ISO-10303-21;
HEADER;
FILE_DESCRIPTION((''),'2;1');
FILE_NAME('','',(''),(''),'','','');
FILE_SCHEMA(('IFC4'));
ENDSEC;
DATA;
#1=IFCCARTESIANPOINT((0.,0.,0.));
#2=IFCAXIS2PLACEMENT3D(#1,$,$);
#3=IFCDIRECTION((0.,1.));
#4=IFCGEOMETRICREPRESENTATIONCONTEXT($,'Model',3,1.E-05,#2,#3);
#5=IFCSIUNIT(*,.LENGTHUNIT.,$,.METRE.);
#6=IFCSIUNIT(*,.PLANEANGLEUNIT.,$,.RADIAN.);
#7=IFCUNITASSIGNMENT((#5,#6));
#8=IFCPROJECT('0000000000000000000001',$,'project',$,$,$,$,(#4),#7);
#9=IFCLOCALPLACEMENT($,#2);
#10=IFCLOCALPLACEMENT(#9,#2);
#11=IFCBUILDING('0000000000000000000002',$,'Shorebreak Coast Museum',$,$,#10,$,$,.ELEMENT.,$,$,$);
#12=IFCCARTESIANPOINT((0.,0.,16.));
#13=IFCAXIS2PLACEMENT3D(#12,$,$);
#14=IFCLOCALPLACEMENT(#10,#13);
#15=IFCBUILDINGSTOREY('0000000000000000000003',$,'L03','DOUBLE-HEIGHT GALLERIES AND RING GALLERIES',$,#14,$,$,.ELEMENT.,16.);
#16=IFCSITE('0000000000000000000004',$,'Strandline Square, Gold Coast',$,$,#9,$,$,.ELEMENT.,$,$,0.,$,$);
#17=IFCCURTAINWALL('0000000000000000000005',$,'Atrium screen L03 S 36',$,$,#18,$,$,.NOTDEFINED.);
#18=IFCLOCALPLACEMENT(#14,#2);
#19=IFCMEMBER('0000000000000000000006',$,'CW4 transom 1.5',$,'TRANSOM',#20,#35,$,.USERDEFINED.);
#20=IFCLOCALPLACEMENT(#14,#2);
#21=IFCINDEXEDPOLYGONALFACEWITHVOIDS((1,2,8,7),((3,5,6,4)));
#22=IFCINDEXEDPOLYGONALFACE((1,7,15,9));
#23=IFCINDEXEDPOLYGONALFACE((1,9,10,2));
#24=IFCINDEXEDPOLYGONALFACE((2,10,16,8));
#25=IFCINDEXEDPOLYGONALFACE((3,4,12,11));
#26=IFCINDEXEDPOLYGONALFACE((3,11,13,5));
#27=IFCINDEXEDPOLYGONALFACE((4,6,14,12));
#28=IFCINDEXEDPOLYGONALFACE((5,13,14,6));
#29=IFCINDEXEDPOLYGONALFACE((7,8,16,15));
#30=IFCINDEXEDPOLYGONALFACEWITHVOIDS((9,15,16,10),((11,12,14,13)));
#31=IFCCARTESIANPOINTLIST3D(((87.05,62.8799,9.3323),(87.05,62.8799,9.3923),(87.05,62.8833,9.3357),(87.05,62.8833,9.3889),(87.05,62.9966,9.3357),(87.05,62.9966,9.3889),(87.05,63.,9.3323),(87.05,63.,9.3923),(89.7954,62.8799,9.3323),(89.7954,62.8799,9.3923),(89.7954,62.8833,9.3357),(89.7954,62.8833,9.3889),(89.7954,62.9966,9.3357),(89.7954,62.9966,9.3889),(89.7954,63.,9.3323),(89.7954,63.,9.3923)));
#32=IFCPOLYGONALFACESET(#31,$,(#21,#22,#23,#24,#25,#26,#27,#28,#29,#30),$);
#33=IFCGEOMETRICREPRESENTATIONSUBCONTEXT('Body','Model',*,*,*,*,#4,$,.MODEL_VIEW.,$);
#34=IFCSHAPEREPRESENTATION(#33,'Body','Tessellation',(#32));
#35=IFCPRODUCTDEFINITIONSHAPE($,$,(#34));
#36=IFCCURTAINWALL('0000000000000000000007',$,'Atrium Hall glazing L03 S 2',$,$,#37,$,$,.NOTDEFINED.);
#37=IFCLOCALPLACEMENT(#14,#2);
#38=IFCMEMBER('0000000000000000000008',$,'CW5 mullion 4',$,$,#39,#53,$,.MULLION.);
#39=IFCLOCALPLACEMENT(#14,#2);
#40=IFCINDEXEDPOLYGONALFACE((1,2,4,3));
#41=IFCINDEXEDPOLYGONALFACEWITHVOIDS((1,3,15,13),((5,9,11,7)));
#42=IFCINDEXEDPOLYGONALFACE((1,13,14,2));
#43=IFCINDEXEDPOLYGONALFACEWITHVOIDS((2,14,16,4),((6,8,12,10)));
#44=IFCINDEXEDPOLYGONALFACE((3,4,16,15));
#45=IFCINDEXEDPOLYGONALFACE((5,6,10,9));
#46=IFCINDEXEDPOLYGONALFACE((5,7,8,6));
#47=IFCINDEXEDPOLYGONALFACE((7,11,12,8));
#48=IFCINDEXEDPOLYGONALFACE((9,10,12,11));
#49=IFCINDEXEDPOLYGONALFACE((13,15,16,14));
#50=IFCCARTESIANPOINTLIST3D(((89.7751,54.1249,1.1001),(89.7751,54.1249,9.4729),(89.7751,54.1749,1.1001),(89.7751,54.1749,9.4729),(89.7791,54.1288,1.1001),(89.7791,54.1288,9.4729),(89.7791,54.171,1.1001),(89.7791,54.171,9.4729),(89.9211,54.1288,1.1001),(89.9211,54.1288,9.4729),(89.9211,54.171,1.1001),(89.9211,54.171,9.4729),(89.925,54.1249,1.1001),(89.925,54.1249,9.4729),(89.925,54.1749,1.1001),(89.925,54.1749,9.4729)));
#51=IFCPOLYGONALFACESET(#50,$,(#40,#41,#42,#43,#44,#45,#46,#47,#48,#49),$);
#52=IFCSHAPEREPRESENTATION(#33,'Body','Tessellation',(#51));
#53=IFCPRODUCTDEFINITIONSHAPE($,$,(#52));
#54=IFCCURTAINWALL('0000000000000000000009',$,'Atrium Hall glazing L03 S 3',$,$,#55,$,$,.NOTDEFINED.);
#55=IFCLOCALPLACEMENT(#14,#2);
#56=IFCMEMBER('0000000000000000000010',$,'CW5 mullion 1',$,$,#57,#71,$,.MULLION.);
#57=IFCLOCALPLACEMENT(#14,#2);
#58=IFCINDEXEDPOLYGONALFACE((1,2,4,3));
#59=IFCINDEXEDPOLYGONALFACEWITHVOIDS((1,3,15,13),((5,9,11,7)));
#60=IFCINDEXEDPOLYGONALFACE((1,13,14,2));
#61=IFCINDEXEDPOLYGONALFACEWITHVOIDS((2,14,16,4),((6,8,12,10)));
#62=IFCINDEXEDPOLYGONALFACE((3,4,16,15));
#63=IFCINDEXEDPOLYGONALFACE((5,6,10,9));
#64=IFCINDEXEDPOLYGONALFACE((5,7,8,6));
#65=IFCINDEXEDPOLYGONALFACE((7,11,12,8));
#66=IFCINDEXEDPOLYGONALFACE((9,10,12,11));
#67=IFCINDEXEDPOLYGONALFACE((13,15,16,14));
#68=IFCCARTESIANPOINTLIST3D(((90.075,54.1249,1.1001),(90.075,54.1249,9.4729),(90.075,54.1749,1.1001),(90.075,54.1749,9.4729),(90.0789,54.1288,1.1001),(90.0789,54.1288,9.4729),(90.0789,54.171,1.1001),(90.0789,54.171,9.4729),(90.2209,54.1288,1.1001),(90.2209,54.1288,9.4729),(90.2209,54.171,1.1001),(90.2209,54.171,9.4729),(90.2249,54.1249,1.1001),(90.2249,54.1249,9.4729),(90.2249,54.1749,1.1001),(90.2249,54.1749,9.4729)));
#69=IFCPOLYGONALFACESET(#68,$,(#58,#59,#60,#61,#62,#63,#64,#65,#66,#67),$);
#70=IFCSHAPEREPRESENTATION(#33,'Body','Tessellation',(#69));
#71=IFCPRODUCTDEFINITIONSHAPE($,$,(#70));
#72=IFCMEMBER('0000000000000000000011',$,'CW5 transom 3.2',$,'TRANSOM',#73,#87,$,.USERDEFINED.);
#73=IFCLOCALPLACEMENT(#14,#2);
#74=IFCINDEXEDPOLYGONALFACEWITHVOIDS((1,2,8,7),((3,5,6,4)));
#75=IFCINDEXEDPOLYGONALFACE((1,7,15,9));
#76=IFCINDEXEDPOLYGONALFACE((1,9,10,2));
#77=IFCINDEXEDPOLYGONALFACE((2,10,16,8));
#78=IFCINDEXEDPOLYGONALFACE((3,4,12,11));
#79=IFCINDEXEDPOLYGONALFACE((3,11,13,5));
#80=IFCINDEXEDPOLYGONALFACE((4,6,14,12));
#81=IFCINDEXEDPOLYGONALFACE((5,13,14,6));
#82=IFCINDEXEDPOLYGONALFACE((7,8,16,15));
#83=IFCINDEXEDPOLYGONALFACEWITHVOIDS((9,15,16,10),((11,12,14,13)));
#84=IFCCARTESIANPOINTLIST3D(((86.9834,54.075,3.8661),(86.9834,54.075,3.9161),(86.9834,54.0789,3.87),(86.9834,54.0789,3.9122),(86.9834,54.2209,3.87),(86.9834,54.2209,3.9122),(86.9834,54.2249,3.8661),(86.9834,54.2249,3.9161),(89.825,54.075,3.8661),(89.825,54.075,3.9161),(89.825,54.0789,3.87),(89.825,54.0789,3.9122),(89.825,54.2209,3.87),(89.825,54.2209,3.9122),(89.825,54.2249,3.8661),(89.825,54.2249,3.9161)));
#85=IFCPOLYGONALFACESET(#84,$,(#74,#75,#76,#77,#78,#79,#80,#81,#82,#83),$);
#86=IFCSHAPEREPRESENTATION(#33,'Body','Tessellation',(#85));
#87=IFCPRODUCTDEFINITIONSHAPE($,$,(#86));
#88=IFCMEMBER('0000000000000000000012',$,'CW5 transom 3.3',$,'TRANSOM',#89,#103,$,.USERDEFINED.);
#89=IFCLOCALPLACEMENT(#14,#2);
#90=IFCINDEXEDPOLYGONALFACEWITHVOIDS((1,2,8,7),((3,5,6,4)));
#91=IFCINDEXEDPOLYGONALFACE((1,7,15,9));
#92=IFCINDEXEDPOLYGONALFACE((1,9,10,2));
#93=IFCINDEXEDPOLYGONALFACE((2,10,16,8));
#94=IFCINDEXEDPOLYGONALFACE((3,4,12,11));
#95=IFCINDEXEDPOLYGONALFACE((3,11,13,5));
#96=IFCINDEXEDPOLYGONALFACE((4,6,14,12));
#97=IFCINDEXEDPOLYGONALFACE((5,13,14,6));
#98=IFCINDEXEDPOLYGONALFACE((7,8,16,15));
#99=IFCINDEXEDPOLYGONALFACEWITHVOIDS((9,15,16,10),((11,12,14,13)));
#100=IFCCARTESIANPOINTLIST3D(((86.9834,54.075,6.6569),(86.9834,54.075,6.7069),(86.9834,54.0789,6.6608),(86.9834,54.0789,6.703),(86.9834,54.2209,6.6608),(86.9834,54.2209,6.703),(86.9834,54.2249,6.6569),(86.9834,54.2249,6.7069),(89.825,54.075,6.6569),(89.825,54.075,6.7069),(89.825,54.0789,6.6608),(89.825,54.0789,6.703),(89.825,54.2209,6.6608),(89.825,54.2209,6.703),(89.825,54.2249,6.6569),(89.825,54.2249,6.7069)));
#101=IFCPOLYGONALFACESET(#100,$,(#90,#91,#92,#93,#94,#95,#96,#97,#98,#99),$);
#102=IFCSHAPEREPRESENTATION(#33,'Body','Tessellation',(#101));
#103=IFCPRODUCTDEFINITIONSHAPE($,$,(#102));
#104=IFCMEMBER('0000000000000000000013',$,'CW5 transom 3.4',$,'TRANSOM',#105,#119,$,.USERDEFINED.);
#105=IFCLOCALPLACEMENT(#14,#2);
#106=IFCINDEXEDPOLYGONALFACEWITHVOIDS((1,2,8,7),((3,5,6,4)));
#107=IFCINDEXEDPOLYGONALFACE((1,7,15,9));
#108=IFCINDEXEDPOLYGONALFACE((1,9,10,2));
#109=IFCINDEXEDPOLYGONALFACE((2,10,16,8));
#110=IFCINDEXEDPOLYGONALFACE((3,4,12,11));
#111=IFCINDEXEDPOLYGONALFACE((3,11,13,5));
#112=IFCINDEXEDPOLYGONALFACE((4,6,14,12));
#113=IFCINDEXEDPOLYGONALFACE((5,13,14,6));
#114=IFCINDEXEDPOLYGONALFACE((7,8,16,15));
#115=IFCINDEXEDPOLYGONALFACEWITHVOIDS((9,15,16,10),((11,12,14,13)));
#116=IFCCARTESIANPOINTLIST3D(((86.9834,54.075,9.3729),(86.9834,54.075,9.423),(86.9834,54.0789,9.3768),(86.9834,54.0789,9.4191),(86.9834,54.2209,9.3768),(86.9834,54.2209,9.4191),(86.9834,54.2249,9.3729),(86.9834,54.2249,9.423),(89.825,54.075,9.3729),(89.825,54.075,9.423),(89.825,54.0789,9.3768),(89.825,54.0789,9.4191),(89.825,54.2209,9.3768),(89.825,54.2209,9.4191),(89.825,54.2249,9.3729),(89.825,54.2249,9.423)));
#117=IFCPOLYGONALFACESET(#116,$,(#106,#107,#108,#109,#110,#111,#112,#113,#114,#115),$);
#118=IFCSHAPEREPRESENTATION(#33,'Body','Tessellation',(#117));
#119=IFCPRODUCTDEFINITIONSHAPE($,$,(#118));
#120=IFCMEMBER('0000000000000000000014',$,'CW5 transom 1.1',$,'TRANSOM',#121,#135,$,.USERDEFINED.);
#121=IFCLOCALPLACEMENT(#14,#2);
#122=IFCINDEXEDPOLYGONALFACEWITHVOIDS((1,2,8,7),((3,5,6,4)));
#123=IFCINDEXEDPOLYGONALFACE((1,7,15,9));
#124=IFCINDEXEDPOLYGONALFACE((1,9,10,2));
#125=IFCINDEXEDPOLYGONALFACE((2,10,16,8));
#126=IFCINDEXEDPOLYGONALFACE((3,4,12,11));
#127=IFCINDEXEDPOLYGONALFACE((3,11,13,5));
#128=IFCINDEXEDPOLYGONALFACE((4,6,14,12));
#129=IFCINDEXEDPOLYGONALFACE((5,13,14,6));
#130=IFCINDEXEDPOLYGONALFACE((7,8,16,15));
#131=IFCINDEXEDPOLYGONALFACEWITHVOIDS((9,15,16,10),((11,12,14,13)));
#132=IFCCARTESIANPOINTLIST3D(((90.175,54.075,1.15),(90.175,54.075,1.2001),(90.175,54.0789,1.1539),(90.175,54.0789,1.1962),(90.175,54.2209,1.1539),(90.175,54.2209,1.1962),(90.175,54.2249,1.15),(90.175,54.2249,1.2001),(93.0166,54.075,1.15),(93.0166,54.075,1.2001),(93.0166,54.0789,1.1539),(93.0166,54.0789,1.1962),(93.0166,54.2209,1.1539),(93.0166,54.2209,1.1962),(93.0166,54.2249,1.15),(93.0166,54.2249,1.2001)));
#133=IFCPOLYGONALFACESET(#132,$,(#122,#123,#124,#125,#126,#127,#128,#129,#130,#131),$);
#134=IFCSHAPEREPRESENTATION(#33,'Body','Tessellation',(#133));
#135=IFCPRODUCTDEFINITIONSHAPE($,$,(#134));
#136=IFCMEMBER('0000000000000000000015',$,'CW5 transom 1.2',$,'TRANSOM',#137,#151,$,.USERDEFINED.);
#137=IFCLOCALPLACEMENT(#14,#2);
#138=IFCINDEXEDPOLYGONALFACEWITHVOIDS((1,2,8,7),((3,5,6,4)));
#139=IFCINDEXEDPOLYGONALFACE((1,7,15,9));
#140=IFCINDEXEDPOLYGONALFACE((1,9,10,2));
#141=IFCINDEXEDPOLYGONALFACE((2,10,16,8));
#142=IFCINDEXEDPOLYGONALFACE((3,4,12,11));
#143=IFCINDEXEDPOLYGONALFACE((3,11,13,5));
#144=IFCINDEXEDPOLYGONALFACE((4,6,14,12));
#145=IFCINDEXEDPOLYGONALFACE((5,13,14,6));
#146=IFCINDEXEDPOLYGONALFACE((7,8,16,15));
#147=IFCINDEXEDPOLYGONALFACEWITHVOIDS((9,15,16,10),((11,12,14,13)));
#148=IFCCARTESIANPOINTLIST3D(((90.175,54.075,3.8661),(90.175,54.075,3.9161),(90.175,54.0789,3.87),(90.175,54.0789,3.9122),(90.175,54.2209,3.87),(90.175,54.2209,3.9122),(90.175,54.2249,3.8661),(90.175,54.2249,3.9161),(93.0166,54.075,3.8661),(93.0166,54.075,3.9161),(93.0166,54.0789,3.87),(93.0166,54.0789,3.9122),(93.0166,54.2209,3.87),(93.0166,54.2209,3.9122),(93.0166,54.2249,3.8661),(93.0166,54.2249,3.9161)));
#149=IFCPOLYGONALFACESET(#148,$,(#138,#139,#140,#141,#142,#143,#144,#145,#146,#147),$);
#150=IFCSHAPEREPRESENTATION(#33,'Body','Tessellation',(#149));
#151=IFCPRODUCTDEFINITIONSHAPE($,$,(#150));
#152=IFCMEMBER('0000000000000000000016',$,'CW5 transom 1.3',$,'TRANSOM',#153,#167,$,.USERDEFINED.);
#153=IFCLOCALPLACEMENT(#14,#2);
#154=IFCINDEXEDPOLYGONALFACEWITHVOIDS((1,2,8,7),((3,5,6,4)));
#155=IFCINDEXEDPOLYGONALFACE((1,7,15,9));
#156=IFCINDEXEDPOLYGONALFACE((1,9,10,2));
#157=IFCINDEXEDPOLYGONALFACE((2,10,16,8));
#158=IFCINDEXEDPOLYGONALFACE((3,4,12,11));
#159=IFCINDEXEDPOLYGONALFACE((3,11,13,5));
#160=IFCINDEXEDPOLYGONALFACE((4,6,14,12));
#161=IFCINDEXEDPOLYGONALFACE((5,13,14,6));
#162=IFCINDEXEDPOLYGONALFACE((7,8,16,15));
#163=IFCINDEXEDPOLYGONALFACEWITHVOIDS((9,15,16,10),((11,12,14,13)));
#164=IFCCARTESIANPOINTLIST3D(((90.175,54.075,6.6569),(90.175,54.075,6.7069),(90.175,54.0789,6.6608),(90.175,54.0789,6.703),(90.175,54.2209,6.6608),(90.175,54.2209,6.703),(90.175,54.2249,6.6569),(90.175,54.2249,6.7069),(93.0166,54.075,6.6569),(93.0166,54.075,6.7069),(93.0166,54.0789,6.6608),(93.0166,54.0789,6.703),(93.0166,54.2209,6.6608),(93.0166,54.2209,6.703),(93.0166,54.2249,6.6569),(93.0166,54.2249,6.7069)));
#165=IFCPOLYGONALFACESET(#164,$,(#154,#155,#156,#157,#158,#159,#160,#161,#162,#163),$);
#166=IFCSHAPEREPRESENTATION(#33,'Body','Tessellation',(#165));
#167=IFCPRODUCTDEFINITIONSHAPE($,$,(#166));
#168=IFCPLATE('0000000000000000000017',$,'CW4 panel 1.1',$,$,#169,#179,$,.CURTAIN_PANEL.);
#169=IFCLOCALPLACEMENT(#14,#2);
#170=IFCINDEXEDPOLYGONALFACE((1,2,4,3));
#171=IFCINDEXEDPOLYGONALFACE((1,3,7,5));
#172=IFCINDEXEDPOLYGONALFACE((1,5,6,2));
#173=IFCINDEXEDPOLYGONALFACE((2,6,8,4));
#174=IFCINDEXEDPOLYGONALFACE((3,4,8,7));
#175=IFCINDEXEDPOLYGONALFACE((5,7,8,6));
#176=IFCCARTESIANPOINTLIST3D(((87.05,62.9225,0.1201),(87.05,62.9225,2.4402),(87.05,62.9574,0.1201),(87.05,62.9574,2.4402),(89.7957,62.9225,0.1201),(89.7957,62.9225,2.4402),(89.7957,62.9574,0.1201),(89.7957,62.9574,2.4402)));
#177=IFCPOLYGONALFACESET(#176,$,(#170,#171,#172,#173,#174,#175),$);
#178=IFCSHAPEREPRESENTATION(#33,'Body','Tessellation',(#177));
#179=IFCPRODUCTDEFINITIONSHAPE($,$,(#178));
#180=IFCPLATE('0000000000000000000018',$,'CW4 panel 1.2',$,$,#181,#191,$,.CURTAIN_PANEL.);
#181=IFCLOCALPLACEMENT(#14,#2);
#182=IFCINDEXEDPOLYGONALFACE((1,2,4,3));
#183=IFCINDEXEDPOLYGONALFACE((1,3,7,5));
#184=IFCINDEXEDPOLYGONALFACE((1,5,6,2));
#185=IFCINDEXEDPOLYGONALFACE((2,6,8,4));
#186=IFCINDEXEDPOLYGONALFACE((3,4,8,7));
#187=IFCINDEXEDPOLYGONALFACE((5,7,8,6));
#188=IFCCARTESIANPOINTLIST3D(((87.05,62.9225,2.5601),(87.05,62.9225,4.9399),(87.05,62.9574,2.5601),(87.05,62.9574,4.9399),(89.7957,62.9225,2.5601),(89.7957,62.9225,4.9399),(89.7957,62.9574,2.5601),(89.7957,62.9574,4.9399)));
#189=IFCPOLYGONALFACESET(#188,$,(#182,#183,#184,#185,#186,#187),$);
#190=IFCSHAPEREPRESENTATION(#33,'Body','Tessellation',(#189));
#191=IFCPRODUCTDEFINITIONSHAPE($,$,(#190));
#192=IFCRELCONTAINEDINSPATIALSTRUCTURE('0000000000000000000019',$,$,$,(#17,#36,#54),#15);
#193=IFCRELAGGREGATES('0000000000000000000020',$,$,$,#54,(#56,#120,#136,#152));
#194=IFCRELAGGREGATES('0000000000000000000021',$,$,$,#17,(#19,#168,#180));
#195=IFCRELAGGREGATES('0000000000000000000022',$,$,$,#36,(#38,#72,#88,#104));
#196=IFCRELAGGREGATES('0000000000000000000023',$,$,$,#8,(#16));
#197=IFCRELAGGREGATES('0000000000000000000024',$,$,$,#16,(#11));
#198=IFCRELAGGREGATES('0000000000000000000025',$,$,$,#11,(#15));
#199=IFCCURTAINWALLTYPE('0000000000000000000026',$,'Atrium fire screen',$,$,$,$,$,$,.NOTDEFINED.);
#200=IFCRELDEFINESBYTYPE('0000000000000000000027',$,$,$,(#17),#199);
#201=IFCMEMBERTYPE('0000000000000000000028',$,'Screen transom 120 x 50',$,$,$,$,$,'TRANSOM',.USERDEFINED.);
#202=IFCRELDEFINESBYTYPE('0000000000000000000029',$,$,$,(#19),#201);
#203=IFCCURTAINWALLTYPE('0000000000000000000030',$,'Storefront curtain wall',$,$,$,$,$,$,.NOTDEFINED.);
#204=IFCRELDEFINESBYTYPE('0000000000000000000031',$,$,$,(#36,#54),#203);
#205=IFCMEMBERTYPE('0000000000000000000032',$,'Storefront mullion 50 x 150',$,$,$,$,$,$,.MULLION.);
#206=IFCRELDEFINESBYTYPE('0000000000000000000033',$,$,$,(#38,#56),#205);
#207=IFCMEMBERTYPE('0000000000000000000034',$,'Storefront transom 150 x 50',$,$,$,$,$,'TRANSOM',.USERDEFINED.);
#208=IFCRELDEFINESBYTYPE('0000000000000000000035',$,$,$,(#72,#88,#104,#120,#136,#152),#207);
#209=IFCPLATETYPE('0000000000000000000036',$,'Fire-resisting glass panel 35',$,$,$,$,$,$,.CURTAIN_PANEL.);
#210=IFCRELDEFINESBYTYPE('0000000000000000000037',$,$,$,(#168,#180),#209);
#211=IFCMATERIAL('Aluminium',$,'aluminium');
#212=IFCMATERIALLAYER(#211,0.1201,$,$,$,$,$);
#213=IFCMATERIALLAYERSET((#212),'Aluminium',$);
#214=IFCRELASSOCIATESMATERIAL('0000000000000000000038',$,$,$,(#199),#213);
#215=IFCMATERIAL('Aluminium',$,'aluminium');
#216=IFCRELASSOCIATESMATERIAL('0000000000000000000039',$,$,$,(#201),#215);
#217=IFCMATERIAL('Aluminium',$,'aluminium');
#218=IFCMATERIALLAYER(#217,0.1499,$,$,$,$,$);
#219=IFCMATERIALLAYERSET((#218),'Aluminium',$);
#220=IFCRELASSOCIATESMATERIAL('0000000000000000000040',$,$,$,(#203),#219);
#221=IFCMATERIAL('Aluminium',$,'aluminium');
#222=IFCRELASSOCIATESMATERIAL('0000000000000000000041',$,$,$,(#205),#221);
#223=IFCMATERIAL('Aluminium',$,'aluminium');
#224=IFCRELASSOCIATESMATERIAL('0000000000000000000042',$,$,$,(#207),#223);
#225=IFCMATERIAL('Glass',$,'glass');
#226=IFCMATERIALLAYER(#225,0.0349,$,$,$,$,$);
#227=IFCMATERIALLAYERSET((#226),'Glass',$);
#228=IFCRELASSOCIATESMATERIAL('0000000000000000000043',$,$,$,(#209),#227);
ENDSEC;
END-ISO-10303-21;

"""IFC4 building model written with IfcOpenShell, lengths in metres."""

from ifc_helpers import new_model, si_unit, direction, frame, origin, origin_2d, place, context, subcontext, project, spatial, rectangle, hollow_rectangle, extrude, material, layer, layer_set, material_profile, profile_set, type_object, element, aggregate, save


model = new_model("IFC4")

# Units and contexts
model_context = context("Model", 3, precision=1e-05, world=origin(), true_north=direction((0.0, 1.0)))
body_context = subcontext(model_context, "Body", "Model", "MODEL_VIEW")
ifc_project = project(units=[si_unit("LENGTHUNIT", "METRE"), si_unit("PLANEANGLEUNIT", "RADIAN")], contexts=[model_context])

# Site, building, storey
site_placement = place(None, origin())
site = spatial("IfcSite", under=ifc_project, at=site_placement, Name="Strandline Square, Gold Coast", CompositionType="ELEMENT", RefElevation=0.0)
building_placement = place(site_placement, origin())
building = spatial("IfcBuilding", under=site, at=building_placement, Name="Shorebreak Coast Museum", CompositionType="ELEMENT")
storey_placement = place(building_placement, frame((0.0, 0.0, 16.0)))
storey = spatial("IfcBuildingStorey", under=building, at=storey_placement, Name="L03", Description="DOUBLE-HEIGHT GALLERIES AND RING GALLERIES", CompositionType="ELEMENT", Elevation=16.0)

# Curtain wall, member
ifc_material_1 = material(Name="Aluminium", Category="aluminium")
ifc_layer_1 = layer(ifc_material_1, 0.1201)
ifc_layer_set_1 = layer_set([ifc_layer_1], Name="Aluminium")
curtain_wall_type_1 = type_object("IfcCurtainWallType", Name="Atrium fire screen", PredefinedType="NOTDEFINED", material=ifc_layer_set_1)
curtain_wall_1_placement = place(storey_placement, origin())
curtain_wall_1 = element("IfcCurtainWall", 1, at=curtain_wall_1_placement, inside=storey, type_object=curtain_wall_type_1, Name="Atrium screen L03 S 36", PredefinedType="NOTDEFINED")
ifc_material_2 = material(Name="Aluminium", Category="aluminium")
ifc_material_profile_1 = material_profile(ifc_material_2, hollow_rectangle(XDim=0.1201, YDim=0.0601, WallThickness=0.0034, at=origin_2d()), Name="AL 60x120 RHS")
ifc_profile_set_1 = profile_set([ifc_material_profile_1], Name="Aluminium")
member_type_1 = type_object("IfcMemberType", Name="Screen transom 120 x 50", ElementType="TRANSOM", PredefinedType="USERDEFINED", material=ifc_profile_set_1)
member_1_placement = place(storey_placement, frame((87.05, 62.9399, 9.3623), z_axis=(1.0, 0.0, 0.0), x_axis=(0.0, 1.0, 0.0)))
member_1 = element("IfcMember", 2, at=member_1_placement, type_object=member_type_1, Name="CW4 transom 1.5", ObjectType="TRANSOM", PredefinedType="USERDEFINED", context=body_context, shape_type="SweptSolid", body=[
    extrude(hollow_rectangle(XDim=0.1201, YDim=0.0601, WallThickness=0.0034, at=origin_2d()), origin(), (0.0, 0.0, 1.0), 2.7454),
])

# Curtain walls, members
ifc_material_3 = material(Name="Aluminium", Category="aluminium")
ifc_layer_2 = layer(ifc_material_3, 0.1499)
ifc_layer_set_2 = layer_set([ifc_layer_2], Name="Aluminium")
curtain_wall_type_2 = type_object("IfcCurtainWallType", Name="Storefront curtain wall", PredefinedType="NOTDEFINED", material=ifc_layer_set_2)
curtain_wall_2_placement = place(storey_placement, origin())
curtain_wall_2 = element("IfcCurtainWall", 3, at=curtain_wall_2_placement, inside=storey, type_object=curtain_wall_type_2, Name="Atrium Hall glazing L03 S 2", PredefinedType="NOTDEFINED")
ifc_material_4 = material(Name="Aluminium", Category="aluminium")
ifc_material_profile_2 = material_profile(ifc_material_4, hollow_rectangle(XDim=0.05, YDim=0.1499, WallThickness=0.0039, at=origin_2d()), Name="AL 150x50 RHS")
ifc_profile_set_2 = profile_set([ifc_material_profile_2], Name="Aluminium")
member_type_2 = type_object("IfcMemberType", Name="Storefront mullion 50 x 150", PredefinedType="MULLION", material=ifc_profile_set_2)
member_2_placement = place(storey_placement, frame((89.8501, 54.1499, 1.1001), z_axis=(0.0, 0.0, 1.0), x_axis=(0.0, 1.0, 0.0)))
member_2 = element("IfcMember", 4, at=member_2_placement, type_object=member_type_2, Name="CW5 mullion 4", PredefinedType="MULLION", context=body_context, shape_type="SweptSolid", body=[
    extrude(hollow_rectangle(XDim=0.05, YDim=0.1499, WallThickness=0.0039, at=origin_2d()), origin(), (0.0, 0.0, 1.0), 8.3728),
])
curtain_wall_3_placement = place(storey_placement, origin())
curtain_wall_3 = element("IfcCurtainWall", 5, at=curtain_wall_3_placement, inside=storey, type_object=curtain_wall_type_2, Name="Atrium Hall glazing L03 S 3", PredefinedType="NOTDEFINED")
member_3_placement = place(storey_placement, frame((90.1499, 54.1499, 1.1001), z_axis=(0.0, 0.0, 1.0), x_axis=(0.0, 1.0, 0.0)))
member_3 = element("IfcMember", 6, at=member_3_placement, type_object=member_type_2, Name="CW5 mullion 1", PredefinedType="MULLION", context=body_context, shape_type="SweptSolid", body=[
    extrude(hollow_rectangle(XDim=0.05, YDim=0.1499, WallThickness=0.0039, at=origin_2d()), origin(), (0.0, 0.0, 1.0), 8.3728),
])

# Members
ifc_material_5 = material(Name="Aluminium", Category="aluminium")
ifc_material_profile_3 = material_profile(ifc_material_5, hollow_rectangle(XDim=0.1499, YDim=0.05, WallThickness=0.0039, at=origin_2d()), Name="AL 50x150 RHS")
ifc_profile_set_3 = profile_set([ifc_material_profile_3], Name="Aluminium")
member_type_3 = type_object("IfcMemberType", Name="Storefront transom 150 x 50", ElementType="TRANSOM", PredefinedType="USERDEFINED", material=ifc_profile_set_3)
member_4_placement = place(storey_placement, frame((86.9834, 54.1499, 3.8911), z_axis=(1.0, 0.0, 0.0), x_axis=(0.0, 1.0, 0.0)))
member_4 = element("IfcMember", 7, at=member_4_placement, type_object=member_type_3, Name="CW5 transom 3.2", ObjectType="TRANSOM", PredefinedType="USERDEFINED", context=body_context, shape_type="SweptSolid", body=[
    extrude(hollow_rectangle(XDim=0.1499, YDim=0.05, WallThickness=0.0039, at=origin_2d()), origin(), (0.0, 0.0, 1.0), 2.8416),
])
member_5_placement = place(storey_placement, frame((86.9834, 54.1499, 6.6819), z_axis=(1.0, 0.0, 0.0), x_axis=(0.0, 1.0, 0.0)))
member_5 = element("IfcMember", 8, at=member_5_placement, type_object=member_type_3, Name="CW5 transom 3.3", ObjectType="TRANSOM", PredefinedType="USERDEFINED", context=body_context, shape_type="SweptSolid", body=[
    extrude(hollow_rectangle(XDim=0.1499, YDim=0.05, WallThickness=0.0039, at=origin_2d()), origin(), (0.0, 0.0, 1.0), 2.8416),
])
member_6_placement = place(storey_placement, frame((86.9834, 54.1499, 9.3979), z_axis=(1.0, 0.0, 0.0), x_axis=(0.0, 1.0, 0.0)))
member_6 = element("IfcMember", 9, at=member_6_placement, type_object=member_type_3, Name="CW5 transom 3.4", ObjectType="TRANSOM", PredefinedType="USERDEFINED", context=body_context, shape_type="SweptSolid", body=[
    extrude(hollow_rectangle(XDim=0.1499, YDim=0.05, WallThickness=0.0039, at=origin_2d()), origin(), (0.0, 0.0, 1.0), 2.8416),
])
member_7_placement = place(storey_placement, frame((90.175, 54.1499, 1.175), z_axis=(1.0, 0.0, 0.0), x_axis=(0.0, 1.0, 0.0)))
member_7 = element("IfcMember", 10, at=member_7_placement, type_object=member_type_3, Name="CW5 transom 1.1", ObjectType="TRANSOM", PredefinedType="USERDEFINED", context=body_context, shape_type="SweptSolid", body=[
    extrude(hollow_rectangle(XDim=0.1499, YDim=0.05, WallThickness=0.0039, at=origin_2d()), origin(), (0.0, 0.0, 1.0), 2.8416),
])
member_8_placement = place(storey_placement, frame((90.175, 54.1499, 3.8911), z_axis=(1.0, 0.0, 0.0), x_axis=(0.0, 1.0, 0.0)))
member_8 = element("IfcMember", 11, at=member_8_placement, type_object=member_type_3, Name="CW5 transom 1.2", ObjectType="TRANSOM", PredefinedType="USERDEFINED", context=body_context, shape_type="SweptSolid", body=[
    extrude(hollow_rectangle(XDim=0.1499, YDim=0.05, WallThickness=0.0039, at=origin_2d()), origin(), (0.0, 0.0, 1.0), 2.8416),
])
member_9_placement = place(storey_placement, frame((90.175, 54.1499, 6.6819), z_axis=(1.0, 0.0, 0.0), x_axis=(0.0, 1.0, 0.0)))
member_9 = element("IfcMember", 12, at=member_9_placement, type_object=member_type_3, Name="CW5 transom 1.3", ObjectType="TRANSOM", PredefinedType="USERDEFINED", context=body_context, shape_type="SweptSolid", body=[
    extrude(hollow_rectangle(XDim=0.1499, YDim=0.05, WallThickness=0.0039, at=origin_2d()), origin(), (0.0, 0.0, 1.0), 2.8416),
])
aggregate(curtain_wall_3, [member_3, member_7, member_8, member_9])

# Plates
ifc_material_6 = material(Name="Glass", Category="glass")
ifc_layer_3 = layer(ifc_material_6, 0.0349)
ifc_layer_set_3 = layer_set([ifc_layer_3], Name="Glass")
plate_type_1 = type_object("IfcPlateType", Name="Fire-resisting glass panel 35", PredefinedType="CURTAIN_PANEL", material=ifc_layer_set_3)
plate_1_placement = place(storey_placement, frame((88.4229, 62.9399, 0.1201), z_axis=(0.0, 0.0, 1.0), x_axis=(1.0, 0.0, 0.0)))
plate_1 = element("IfcPlate", 13, at=plate_1_placement, type_object=plate_type_1, Name="CW4 panel 1.1", PredefinedType="CURTAIN_PANEL", context=body_context, shape_type="SweptSolid", body=[
    extrude(rectangle(XDim=2.7456, YDim=0.0349, at=origin_2d()), origin(), (0.0, 0.0, 1.0), 2.3201),
])
plate_2_placement = place(storey_placement, frame((88.4229, 62.9399, 2.5601), z_axis=(0.0, 0.0, 1.0), x_axis=(1.0, 0.0, 0.0)))
plate_2 = element("IfcPlate", 14, at=plate_2_placement, type_object=plate_type_1, Name="CW4 panel 1.2", PredefinedType="CURTAIN_PANEL", context=body_context, shape_type="SweptSolid", body=[
    extrude(rectangle(XDim=2.7456, YDim=0.0349, at=origin_2d()), origin(), (0.0, 0.0, 1.0), 2.3799),
])
aggregate(curtain_wall_1, [member_1, plate_1, plate_2])
aggregate(curtain_wall_2, [member_2, member_4, member_5, member_6])

save(model, "model.ifc")
